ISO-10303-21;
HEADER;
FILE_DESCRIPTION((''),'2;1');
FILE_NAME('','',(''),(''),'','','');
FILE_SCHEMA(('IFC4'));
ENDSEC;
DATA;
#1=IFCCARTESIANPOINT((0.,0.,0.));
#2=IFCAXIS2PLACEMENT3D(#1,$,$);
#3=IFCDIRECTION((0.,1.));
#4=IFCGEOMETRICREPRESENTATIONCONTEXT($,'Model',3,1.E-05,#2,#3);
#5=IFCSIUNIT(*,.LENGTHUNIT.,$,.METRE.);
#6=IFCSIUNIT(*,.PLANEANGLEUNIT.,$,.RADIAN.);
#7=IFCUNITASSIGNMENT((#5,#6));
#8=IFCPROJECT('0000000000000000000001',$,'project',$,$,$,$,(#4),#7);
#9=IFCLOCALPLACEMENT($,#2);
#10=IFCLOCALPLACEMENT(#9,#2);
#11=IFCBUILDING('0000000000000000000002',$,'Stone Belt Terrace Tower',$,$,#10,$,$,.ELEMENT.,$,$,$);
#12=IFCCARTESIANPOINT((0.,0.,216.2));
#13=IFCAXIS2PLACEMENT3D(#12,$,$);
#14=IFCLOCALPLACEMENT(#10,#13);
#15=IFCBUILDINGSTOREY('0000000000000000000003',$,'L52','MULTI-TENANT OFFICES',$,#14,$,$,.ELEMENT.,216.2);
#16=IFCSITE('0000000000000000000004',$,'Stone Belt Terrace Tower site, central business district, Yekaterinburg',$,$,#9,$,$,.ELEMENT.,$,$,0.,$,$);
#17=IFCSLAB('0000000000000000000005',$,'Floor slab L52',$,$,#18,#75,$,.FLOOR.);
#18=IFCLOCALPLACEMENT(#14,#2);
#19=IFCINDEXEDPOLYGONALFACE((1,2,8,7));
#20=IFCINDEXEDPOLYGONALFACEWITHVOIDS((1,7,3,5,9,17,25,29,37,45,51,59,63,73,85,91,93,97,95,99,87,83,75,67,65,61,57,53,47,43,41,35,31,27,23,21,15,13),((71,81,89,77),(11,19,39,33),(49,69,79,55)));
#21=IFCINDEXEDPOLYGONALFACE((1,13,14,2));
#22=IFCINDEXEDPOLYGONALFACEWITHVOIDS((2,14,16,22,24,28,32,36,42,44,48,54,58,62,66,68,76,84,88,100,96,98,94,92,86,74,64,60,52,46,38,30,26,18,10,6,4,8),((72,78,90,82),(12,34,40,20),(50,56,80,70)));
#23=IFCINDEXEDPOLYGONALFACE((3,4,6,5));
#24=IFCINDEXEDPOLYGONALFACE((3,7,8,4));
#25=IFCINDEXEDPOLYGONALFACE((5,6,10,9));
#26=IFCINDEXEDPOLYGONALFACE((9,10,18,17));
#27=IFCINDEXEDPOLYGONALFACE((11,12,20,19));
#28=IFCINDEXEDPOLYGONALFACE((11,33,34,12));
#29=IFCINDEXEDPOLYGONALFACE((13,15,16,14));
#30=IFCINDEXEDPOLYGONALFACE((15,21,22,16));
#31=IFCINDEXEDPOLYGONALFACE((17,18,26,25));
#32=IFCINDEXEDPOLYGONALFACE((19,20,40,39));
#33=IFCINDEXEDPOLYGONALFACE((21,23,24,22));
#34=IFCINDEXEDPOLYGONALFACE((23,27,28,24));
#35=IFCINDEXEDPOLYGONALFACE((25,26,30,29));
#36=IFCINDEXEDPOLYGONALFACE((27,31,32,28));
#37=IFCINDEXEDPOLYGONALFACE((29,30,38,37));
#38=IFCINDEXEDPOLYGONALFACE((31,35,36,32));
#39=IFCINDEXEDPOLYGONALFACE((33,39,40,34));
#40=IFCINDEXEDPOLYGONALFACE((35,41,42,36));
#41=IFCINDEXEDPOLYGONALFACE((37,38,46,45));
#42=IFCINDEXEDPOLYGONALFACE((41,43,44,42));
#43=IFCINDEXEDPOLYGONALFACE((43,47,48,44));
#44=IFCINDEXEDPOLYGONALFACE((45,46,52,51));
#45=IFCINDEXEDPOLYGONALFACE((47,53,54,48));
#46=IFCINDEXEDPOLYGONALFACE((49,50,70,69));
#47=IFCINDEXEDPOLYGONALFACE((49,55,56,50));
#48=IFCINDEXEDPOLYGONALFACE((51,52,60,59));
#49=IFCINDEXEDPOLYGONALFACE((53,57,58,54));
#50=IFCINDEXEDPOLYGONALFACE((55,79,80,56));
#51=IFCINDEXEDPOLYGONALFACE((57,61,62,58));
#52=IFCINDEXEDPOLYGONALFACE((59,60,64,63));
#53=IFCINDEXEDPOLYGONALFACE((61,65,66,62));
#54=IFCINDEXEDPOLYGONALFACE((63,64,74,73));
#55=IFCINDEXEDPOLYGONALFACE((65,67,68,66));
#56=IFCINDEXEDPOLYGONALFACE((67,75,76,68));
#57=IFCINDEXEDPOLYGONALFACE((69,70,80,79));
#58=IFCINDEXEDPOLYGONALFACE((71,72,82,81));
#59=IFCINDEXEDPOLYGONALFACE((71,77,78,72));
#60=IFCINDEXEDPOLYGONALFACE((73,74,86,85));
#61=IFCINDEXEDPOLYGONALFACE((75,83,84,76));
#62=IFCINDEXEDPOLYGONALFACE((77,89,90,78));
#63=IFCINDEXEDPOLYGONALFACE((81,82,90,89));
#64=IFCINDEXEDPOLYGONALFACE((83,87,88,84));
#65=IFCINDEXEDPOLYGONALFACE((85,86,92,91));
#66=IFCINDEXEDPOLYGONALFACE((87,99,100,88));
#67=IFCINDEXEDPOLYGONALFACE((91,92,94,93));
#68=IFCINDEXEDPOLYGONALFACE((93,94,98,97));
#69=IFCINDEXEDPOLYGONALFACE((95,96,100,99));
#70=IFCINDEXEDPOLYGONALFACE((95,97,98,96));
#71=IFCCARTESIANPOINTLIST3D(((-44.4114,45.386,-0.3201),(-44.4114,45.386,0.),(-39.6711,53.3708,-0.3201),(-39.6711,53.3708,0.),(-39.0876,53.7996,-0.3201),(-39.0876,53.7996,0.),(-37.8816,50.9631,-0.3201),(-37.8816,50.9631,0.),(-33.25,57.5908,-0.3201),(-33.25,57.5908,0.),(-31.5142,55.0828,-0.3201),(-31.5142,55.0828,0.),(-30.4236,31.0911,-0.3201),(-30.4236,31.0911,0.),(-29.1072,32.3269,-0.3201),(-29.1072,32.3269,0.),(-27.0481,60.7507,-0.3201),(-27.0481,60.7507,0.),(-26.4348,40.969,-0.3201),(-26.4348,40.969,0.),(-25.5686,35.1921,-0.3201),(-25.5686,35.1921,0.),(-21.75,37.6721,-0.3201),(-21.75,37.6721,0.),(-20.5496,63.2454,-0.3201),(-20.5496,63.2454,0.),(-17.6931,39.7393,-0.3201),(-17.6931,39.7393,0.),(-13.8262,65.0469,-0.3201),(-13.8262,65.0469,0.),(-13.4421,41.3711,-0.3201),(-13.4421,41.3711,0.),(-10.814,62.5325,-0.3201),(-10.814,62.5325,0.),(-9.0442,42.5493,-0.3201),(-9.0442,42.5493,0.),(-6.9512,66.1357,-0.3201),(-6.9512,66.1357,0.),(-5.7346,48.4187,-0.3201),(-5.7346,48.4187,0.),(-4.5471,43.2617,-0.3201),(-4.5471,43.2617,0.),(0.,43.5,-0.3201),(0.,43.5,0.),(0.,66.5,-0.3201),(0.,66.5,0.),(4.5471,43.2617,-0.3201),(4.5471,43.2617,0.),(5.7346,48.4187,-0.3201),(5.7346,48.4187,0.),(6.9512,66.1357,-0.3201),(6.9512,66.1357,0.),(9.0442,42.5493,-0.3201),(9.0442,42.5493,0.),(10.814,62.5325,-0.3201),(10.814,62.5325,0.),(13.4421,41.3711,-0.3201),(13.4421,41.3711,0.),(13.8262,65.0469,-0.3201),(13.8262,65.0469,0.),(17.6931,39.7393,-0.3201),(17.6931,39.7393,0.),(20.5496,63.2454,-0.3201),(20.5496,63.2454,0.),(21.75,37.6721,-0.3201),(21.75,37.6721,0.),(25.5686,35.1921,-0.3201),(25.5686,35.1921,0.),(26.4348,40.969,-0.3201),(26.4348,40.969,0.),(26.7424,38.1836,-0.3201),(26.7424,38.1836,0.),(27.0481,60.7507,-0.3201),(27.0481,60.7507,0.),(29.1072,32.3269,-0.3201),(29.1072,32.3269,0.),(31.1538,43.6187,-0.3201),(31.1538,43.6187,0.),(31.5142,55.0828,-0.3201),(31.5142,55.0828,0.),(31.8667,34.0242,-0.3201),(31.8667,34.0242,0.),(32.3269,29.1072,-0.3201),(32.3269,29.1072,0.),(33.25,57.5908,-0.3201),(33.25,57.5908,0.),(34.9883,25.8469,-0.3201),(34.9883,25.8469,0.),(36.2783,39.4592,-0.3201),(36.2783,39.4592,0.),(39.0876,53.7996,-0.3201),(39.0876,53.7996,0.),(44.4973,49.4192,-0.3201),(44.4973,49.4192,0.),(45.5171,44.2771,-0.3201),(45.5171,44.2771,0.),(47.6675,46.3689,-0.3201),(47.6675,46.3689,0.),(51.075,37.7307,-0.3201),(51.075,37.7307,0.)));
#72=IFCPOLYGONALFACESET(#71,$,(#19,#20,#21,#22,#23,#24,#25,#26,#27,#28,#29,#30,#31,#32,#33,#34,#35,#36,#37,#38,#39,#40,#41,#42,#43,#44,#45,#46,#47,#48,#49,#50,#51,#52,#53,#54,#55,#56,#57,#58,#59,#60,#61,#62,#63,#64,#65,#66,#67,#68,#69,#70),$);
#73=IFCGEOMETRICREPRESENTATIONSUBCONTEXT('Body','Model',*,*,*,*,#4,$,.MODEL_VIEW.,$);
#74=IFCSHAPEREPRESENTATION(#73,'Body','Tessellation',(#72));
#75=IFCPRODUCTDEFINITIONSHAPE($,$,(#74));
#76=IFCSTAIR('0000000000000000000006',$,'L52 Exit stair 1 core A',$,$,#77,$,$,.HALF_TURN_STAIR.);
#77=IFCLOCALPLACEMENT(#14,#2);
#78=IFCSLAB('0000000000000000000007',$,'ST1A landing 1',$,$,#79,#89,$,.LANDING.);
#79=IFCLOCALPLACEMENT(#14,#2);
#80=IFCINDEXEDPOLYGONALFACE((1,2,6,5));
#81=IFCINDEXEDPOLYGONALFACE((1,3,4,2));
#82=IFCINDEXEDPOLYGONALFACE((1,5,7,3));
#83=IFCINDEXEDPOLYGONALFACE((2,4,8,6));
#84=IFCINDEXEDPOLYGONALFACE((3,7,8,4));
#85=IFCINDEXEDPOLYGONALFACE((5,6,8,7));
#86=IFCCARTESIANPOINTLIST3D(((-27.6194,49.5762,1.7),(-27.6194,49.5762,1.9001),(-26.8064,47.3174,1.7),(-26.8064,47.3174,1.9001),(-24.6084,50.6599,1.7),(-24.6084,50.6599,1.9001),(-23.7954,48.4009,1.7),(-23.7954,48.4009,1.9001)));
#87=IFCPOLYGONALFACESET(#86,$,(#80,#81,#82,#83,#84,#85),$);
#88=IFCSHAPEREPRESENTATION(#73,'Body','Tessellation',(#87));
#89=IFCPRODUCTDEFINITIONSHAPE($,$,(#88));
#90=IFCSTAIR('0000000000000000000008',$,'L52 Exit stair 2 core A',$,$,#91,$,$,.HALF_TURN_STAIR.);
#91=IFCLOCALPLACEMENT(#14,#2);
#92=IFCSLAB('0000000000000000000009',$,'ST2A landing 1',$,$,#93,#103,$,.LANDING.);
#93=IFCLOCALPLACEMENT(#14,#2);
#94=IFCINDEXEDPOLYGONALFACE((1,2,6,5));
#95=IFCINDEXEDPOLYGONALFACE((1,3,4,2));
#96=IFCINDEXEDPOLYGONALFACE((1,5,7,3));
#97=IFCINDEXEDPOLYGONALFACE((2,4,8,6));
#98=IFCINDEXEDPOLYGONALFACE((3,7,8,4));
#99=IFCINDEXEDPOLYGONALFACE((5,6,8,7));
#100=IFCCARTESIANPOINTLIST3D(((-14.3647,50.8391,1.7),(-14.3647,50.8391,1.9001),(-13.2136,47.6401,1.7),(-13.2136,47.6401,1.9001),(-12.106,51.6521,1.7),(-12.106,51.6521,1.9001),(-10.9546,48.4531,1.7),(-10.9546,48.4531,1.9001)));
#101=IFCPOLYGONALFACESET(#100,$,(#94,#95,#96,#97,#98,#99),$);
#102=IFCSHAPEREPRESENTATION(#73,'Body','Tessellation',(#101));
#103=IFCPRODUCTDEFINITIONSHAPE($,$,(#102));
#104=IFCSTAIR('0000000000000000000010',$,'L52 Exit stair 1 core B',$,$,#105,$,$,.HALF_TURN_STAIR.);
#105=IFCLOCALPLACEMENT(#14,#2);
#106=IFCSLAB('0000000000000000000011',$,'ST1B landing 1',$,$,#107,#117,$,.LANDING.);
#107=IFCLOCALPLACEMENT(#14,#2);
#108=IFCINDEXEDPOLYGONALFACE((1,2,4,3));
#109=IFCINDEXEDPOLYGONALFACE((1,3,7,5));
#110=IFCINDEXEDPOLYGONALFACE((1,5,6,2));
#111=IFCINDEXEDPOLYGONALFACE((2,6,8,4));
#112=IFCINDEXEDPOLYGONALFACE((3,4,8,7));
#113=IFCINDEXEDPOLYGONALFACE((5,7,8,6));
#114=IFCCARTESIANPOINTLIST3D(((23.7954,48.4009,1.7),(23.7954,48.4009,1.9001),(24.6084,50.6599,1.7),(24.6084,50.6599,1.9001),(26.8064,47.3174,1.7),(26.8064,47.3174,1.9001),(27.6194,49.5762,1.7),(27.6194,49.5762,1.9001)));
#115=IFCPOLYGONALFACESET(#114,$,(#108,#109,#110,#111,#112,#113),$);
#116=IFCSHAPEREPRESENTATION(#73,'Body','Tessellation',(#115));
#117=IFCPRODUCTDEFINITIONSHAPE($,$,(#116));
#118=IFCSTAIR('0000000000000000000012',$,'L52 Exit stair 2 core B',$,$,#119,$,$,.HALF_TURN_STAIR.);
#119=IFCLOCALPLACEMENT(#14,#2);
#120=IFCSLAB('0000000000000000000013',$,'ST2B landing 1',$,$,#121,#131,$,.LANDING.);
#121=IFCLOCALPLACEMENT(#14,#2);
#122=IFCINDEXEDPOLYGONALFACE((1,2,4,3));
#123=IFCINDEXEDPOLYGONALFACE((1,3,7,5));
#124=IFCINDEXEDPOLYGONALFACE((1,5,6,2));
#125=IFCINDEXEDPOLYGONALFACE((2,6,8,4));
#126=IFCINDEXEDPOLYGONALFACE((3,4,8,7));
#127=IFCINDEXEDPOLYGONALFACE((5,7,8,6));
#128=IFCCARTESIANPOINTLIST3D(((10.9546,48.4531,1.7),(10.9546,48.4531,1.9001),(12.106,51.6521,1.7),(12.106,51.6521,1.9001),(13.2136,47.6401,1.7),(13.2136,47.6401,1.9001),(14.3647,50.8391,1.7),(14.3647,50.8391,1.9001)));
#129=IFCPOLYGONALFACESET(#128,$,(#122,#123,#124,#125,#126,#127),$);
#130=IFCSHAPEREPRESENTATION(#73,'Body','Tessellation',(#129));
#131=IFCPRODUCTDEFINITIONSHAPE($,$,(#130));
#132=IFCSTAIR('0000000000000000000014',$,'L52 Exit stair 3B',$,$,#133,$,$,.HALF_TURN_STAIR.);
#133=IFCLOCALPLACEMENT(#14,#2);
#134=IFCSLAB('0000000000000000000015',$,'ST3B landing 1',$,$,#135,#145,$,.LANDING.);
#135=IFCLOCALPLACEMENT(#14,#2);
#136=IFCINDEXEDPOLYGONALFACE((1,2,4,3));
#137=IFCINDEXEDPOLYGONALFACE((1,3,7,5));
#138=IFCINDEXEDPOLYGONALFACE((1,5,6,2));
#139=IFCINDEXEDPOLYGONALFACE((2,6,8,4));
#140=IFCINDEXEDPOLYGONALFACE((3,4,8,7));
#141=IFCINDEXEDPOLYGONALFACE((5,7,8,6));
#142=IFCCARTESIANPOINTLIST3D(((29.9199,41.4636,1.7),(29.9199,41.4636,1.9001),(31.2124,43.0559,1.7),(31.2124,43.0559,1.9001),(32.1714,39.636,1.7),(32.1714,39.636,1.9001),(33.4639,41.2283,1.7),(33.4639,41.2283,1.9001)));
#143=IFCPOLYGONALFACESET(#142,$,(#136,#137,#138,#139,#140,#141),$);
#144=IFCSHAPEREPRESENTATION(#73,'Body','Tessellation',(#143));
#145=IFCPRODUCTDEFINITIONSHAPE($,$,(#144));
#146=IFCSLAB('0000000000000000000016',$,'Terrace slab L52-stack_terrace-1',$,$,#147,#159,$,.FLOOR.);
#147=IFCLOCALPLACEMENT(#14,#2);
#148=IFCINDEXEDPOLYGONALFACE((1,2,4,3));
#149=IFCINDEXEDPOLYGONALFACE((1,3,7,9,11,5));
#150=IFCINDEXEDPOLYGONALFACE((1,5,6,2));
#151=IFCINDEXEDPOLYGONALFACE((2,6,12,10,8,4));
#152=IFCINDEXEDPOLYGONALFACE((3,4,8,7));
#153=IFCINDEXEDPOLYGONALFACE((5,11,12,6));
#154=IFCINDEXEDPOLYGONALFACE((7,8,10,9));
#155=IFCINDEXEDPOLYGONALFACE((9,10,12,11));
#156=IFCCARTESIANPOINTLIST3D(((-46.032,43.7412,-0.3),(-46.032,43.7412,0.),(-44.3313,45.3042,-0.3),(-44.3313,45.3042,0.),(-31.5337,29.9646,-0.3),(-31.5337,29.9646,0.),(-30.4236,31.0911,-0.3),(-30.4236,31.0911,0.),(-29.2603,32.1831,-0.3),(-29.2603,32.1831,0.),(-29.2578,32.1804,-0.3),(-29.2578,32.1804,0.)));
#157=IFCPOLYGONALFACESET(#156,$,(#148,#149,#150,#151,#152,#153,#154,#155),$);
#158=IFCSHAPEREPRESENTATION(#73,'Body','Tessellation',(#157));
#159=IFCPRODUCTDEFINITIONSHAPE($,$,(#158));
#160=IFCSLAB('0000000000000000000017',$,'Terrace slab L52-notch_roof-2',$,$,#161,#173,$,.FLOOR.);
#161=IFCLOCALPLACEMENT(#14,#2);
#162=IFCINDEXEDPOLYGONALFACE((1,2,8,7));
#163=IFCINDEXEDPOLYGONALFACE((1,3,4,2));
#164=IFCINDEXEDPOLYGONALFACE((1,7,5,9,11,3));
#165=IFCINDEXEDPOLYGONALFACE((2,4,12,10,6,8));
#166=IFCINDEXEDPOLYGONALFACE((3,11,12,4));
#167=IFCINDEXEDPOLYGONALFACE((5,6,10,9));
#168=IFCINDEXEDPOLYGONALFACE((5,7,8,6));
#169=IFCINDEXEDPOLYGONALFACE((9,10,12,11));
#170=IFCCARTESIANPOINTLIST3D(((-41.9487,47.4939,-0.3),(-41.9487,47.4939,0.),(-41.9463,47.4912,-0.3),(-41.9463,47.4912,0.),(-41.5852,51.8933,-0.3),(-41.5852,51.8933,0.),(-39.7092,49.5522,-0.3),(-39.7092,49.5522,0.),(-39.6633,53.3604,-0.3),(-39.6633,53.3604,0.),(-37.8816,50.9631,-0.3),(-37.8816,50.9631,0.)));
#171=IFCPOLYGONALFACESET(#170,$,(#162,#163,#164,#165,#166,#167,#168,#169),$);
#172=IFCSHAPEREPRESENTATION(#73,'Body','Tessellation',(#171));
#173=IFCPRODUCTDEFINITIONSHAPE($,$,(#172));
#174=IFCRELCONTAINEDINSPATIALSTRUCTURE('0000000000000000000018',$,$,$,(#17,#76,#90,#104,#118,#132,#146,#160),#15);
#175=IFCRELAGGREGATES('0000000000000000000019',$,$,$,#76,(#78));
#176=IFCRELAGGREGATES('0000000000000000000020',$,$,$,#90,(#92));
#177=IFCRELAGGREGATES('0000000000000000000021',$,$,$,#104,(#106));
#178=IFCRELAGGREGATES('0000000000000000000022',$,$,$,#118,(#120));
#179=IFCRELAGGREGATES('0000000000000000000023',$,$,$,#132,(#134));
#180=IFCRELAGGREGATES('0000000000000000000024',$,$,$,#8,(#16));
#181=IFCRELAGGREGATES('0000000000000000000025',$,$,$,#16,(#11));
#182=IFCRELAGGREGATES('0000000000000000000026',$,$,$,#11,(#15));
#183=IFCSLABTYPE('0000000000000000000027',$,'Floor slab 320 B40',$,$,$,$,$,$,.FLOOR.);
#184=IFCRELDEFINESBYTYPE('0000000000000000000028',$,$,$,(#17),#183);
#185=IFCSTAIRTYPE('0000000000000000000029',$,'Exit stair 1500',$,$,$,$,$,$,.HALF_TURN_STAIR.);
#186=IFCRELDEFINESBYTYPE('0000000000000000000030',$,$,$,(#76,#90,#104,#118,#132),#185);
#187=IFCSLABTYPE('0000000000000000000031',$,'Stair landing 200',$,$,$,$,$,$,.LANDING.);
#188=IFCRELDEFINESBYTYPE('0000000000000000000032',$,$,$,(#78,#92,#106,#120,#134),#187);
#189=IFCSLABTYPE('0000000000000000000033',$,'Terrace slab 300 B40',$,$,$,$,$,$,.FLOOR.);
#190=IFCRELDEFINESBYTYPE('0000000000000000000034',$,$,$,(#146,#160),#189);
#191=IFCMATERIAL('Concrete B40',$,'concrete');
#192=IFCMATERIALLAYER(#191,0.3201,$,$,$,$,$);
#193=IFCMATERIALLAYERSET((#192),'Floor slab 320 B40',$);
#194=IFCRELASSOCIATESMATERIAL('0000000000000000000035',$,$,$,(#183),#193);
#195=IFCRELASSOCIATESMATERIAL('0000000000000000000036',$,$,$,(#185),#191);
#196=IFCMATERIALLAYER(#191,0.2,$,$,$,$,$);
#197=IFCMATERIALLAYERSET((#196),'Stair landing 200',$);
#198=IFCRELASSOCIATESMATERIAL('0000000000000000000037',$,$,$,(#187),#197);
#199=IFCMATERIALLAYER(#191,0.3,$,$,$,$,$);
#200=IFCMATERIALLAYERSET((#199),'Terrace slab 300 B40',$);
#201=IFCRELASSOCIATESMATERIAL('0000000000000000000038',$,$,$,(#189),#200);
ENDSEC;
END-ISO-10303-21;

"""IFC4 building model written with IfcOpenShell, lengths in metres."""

from ifc_helpers import new_model, si_unit, direction, frame, origin, place, context, subcontext, project, spatial, polyline, outline, extrude, material, layer, layer_set, type_object, element, aggregate, save


model = new_model("IFC4")

# Units and contexts
model_context = context("Model", 3, precision=1e-05, world=origin(), true_north=direction((0.0, 1.0)))
body_context = subcontext(model_context, "Body", "Model", "MODEL_VIEW")
ifc_project = project(units=[si_unit("LENGTHUNIT", "METRE"), si_unit("PLANEANGLEUNIT", "RADIAN")], contexts=[model_context])

# Site, building, storey
site_placement = place(None, origin())
site = spatial("IfcSite", under=ifc_project, at=site_placement, Name="Stone Belt Terrace Tower site, central business district, Yekaterinburg", CompositionType="ELEMENT", RefElevation=0.0)
building_placement = place(site_placement, origin())
building = spatial("IfcBuilding", under=site, at=building_placement, Name="Stone Belt Terrace Tower", CompositionType="ELEMENT")
storey_placement = place(building_placement, frame((0.0, 0.0, 216.2)))
storey = spatial("IfcBuildingStorey", under=building, at=storey_placement, Name="L52", Description="MULTI-TENANT OFFICES", CompositionType="ELEMENT", Elevation=216.2)

# Slab
ifc_material_1 = material(Name="Concrete B40", Category="concrete")
ifc_layer_1 = layer(ifc_material_1, 0.3201)
ifc_layer_set_1 = layer_set([ifc_layer_1], Name="Floor slab 320 B40")
slab_type_1 = type_object("IfcSlabType", Name="Floor slab 320 B40", PredefinedType="FLOOR", material=ifc_layer_set_1)
slab_1_placement = place(storey_placement, frame((0.0, 0.0, -0.3201)))
element("IfcSlab", 1, at=slab_1_placement, inside=storey, type_object=slab_type_1, Name="Floor slab L52", PredefinedType="FLOOR", context=body_context, shape_type="SweptSolid", body=[
    extrude(outline(polyline([(-39.6711, 53.3708), (-39.0876, 53.7996), (-33.25, 57.5908), (-27.0481, 60.7507), (-20.5496, 63.2454), (-13.8262, 65.0469), (-6.9512, 66.1357), (0.0, 66.5), (6.9512, 66.1357), (13.8262, 65.0469), (20.5496, 63.2454), (27.0481, 60.7507), (33.25, 57.5908), (39.0876, 53.7996), (44.4973, 49.4192), (47.6675, 46.3689), (45.5171, 44.2771), (51.075, 37.7307), (34.9883, 25.8469), (32.3269, 29.1072), (29.1072, 32.3269), (25.5686, 35.1921), (21.75, 37.6721), (17.6931, 39.7393), (13.4421, 41.3711), (9.0442, 42.5493), (4.5471, 43.2617), (0.0, 43.5), (-4.5471, 43.2617), (-9.0442, 42.5493), (-13.4421, 41.3711), (-17.6931, 39.7393), (-21.75, 37.6721), (-25.5686, 35.1921), (-29.1072, 32.3269), (-30.4236, 31.0911), (-44.4114, 45.386), (-37.8816, 50.9631), (-39.6711, 53.3708)]), holes=[polyline([(-31.5142, 55.0828), (-26.4348, 40.969), (-5.7346, 48.4187), (-10.814, 62.5325), (-31.5142, 55.0828)]), polyline([(31.5142, 55.0828), (10.814, 62.5325), (5.7346, 48.4187), (26.4348, 40.969), (31.5142, 55.0828)]), polyline([(36.2783, 39.4592), (31.1538, 43.6187), (26.7424, 38.1836), (31.8667, 34.0242), (36.2783, 39.4592)])]), origin(), (0.0, 0.0, 1.0), 0.3201),
])

# Stairs, slabs
stair_type = type_object("IfcStairType", Name="Exit stair 1500", PredefinedType="HALF_TURN_STAIR", material=ifc_material_1)
stair_1_placement = place(storey_placement, origin())
stair_1 = element("IfcStair", 2, at=stair_1_placement, inside=storey, type_object=stair_type, Name="L52 Exit stair 1 core A", PredefinedType="HALF_TURN_STAIR")
ifc_layer_2 = layer(ifc_material_1, 0.2)
ifc_layer_set_2 = layer_set([ifc_layer_2], Name="Stair landing 200")
slab_type_2 = type_object("IfcSlabType", Name="Stair landing 200", PredefinedType="LANDING", material=ifc_layer_set_2)
slab_2_placement = place(storey_placement, frame((0.0, 0.0, 1.7)))
slab_2 = element("IfcSlab", 3, at=slab_2_placement, type_object=slab_type_2, Name="ST1A landing 1", PredefinedType="LANDING", context=body_context, shape_type="SweptSolid", body=[
    extrude(outline(polyline([(-23.7954, 48.4009), (-24.6084, 50.6599), (-27.6194, 49.5762), (-26.8064, 47.3174), (-23.7954, 48.4009)])), origin(), (0.0, 0.0, 1.0), 0.2002),
])
aggregate(stair_1, [slab_2])
stair_2_placement = place(storey_placement, origin())
stair_2 = element("IfcStair", 4, at=stair_2_placement, inside=storey, type_object=stair_type, Name="L52 Exit stair 2 core A", PredefinedType="HALF_TURN_STAIR")
slab_3_placement = place(storey_placement, frame((0.0, 0.0, 1.7)))
slab_3 = element("IfcSlab", 5, at=slab_3_placement, type_object=slab_type_2, Name="ST2A landing 1", PredefinedType="LANDING", context=body_context, shape_type="SweptSolid", body=[
    extrude(outline(polyline([(-13.2136, 47.6401), (-10.9546, 48.4531), (-12.106, 51.6521), (-14.3647, 50.8391), (-13.2136, 47.6401)])), origin(), (0.0, 0.0, 1.0), 0.2002),
])
aggregate(stair_2, [slab_3])
stair_3_placement = place(storey_placement, origin())
stair_3 = element("IfcStair", 6, at=stair_3_placement, inside=storey, type_object=stair_type, Name="L52 Exit stair 1 core B", PredefinedType="HALF_TURN_STAIR")
slab_4_placement = place(storey_placement, frame((0.0, 0.0, 1.7)))
slab_4 = element("IfcSlab", 7, at=slab_4_placement, type_object=slab_type_2, Name="ST1B landing 1", PredefinedType="LANDING", context=body_context, shape_type="SweptSolid", body=[
    extrude(outline(polyline([(26.8064, 47.3174), (27.6194, 49.5762), (24.6084, 50.6599), (23.7954, 48.4009), (26.8064, 47.3174)])), origin(), (0.0, 0.0, 1.0), 0.2002),
])
aggregate(stair_3, [slab_4])
stair_4_placement = place(storey_placement, origin())
stair_4 = element("IfcStair", 8, at=stair_4_placement, inside=storey, type_object=stair_type, Name="L52 Exit stair 2 core B", PredefinedType="HALF_TURN_STAIR")
slab_5_placement = place(storey_placement, frame((0.0, 0.0, 1.7)))
slab_5 = element("IfcSlab", 9, at=slab_5_placement, type_object=slab_type_2, Name="ST2B landing 1", PredefinedType="LANDING", context=body_context, shape_type="SweptSolid", body=[
    extrude(outline(polyline([(14.3647, 50.8391), (12.106, 51.6521), (10.9546, 48.4531), (13.2136, 47.6401), (14.3647, 50.8391)])), origin(), (0.0, 0.0, 1.0), 0.2002),
])
aggregate(stair_4, [slab_5])
stair_5_placement = place(storey_placement, origin())
stair_5 = element("IfcStair", 10, at=stair_5_placement, inside=storey, type_object=stair_type, Name="L52 Exit stair 3B", PredefinedType="HALF_TURN_STAIR")
slab_6_placement = place(storey_placement, frame((0.0, 0.0, 1.7)))
slab_6 = element("IfcSlab", 11, at=slab_6_placement, type_object=slab_type_2, Name="ST3B landing 1", PredefinedType="LANDING", context=body_context, shape_type="SweptSolid", body=[
    extrude(outline(polyline([(32.1714, 39.636), (33.4639, 41.2283), (31.2124, 43.0559), (29.9199, 41.4636), (32.1714, 39.636)])), origin(), (0.0, 0.0, 1.0), 0.2002),
])
aggregate(stair_5, [slab_6])

# Slabs
ifc_layer_3 = layer(ifc_material_1, 0.3)
ifc_layer_set_3 = layer_set([ifc_layer_3], Name="Terrace slab 300 B40")
slab_type_3 = type_object("IfcSlabType", Name="Terrace slab 300 B40", PredefinedType="FLOOR", material=ifc_layer_set_3)
slab_7_placement = place(storey_placement, frame((0.0, 0.0, -0.3)))
element("IfcSlab", 12, at=slab_7_placement, inside=storey, type_object=slab_type_3, Name="Terrace slab L52-stack_terrace-1", PredefinedType="FLOOR", context=body_context, shape_type="SweptSolid", body=[
    extrude(outline(polyline([(-46.032, 43.7412), (-31.5337, 29.9646), (-29.2578, 32.1804), (-29.2603, 32.1831), (-30.4236, 31.0911), (-44.3313, 45.3042), (-46.032, 43.7412)])), origin(), (0.0, 0.0, 1.0), 0.3),
])
slab_8_placement = place(storey_placement, frame((0.0, 0.0, -0.3)))
element("IfcSlab", 13, at=slab_8_placement, inside=storey, type_object=slab_type_3, Name="Terrace slab L52-notch_roof-2", PredefinedType="FLOOR", context=body_context, shape_type="SweptSolid", body=[
    extrude(outline(polyline([(-41.5852, 51.8933), (-39.7092, 49.5522), (-41.9487, 47.4939), (-41.9463, 47.4912), (-37.8816, 50.9631), (-39.6633, 53.3604), (-41.5852, 51.8933)])), origin(), (0.0, 0.0, 1.0), 0.3),
])

save(model, "model.ifc")
